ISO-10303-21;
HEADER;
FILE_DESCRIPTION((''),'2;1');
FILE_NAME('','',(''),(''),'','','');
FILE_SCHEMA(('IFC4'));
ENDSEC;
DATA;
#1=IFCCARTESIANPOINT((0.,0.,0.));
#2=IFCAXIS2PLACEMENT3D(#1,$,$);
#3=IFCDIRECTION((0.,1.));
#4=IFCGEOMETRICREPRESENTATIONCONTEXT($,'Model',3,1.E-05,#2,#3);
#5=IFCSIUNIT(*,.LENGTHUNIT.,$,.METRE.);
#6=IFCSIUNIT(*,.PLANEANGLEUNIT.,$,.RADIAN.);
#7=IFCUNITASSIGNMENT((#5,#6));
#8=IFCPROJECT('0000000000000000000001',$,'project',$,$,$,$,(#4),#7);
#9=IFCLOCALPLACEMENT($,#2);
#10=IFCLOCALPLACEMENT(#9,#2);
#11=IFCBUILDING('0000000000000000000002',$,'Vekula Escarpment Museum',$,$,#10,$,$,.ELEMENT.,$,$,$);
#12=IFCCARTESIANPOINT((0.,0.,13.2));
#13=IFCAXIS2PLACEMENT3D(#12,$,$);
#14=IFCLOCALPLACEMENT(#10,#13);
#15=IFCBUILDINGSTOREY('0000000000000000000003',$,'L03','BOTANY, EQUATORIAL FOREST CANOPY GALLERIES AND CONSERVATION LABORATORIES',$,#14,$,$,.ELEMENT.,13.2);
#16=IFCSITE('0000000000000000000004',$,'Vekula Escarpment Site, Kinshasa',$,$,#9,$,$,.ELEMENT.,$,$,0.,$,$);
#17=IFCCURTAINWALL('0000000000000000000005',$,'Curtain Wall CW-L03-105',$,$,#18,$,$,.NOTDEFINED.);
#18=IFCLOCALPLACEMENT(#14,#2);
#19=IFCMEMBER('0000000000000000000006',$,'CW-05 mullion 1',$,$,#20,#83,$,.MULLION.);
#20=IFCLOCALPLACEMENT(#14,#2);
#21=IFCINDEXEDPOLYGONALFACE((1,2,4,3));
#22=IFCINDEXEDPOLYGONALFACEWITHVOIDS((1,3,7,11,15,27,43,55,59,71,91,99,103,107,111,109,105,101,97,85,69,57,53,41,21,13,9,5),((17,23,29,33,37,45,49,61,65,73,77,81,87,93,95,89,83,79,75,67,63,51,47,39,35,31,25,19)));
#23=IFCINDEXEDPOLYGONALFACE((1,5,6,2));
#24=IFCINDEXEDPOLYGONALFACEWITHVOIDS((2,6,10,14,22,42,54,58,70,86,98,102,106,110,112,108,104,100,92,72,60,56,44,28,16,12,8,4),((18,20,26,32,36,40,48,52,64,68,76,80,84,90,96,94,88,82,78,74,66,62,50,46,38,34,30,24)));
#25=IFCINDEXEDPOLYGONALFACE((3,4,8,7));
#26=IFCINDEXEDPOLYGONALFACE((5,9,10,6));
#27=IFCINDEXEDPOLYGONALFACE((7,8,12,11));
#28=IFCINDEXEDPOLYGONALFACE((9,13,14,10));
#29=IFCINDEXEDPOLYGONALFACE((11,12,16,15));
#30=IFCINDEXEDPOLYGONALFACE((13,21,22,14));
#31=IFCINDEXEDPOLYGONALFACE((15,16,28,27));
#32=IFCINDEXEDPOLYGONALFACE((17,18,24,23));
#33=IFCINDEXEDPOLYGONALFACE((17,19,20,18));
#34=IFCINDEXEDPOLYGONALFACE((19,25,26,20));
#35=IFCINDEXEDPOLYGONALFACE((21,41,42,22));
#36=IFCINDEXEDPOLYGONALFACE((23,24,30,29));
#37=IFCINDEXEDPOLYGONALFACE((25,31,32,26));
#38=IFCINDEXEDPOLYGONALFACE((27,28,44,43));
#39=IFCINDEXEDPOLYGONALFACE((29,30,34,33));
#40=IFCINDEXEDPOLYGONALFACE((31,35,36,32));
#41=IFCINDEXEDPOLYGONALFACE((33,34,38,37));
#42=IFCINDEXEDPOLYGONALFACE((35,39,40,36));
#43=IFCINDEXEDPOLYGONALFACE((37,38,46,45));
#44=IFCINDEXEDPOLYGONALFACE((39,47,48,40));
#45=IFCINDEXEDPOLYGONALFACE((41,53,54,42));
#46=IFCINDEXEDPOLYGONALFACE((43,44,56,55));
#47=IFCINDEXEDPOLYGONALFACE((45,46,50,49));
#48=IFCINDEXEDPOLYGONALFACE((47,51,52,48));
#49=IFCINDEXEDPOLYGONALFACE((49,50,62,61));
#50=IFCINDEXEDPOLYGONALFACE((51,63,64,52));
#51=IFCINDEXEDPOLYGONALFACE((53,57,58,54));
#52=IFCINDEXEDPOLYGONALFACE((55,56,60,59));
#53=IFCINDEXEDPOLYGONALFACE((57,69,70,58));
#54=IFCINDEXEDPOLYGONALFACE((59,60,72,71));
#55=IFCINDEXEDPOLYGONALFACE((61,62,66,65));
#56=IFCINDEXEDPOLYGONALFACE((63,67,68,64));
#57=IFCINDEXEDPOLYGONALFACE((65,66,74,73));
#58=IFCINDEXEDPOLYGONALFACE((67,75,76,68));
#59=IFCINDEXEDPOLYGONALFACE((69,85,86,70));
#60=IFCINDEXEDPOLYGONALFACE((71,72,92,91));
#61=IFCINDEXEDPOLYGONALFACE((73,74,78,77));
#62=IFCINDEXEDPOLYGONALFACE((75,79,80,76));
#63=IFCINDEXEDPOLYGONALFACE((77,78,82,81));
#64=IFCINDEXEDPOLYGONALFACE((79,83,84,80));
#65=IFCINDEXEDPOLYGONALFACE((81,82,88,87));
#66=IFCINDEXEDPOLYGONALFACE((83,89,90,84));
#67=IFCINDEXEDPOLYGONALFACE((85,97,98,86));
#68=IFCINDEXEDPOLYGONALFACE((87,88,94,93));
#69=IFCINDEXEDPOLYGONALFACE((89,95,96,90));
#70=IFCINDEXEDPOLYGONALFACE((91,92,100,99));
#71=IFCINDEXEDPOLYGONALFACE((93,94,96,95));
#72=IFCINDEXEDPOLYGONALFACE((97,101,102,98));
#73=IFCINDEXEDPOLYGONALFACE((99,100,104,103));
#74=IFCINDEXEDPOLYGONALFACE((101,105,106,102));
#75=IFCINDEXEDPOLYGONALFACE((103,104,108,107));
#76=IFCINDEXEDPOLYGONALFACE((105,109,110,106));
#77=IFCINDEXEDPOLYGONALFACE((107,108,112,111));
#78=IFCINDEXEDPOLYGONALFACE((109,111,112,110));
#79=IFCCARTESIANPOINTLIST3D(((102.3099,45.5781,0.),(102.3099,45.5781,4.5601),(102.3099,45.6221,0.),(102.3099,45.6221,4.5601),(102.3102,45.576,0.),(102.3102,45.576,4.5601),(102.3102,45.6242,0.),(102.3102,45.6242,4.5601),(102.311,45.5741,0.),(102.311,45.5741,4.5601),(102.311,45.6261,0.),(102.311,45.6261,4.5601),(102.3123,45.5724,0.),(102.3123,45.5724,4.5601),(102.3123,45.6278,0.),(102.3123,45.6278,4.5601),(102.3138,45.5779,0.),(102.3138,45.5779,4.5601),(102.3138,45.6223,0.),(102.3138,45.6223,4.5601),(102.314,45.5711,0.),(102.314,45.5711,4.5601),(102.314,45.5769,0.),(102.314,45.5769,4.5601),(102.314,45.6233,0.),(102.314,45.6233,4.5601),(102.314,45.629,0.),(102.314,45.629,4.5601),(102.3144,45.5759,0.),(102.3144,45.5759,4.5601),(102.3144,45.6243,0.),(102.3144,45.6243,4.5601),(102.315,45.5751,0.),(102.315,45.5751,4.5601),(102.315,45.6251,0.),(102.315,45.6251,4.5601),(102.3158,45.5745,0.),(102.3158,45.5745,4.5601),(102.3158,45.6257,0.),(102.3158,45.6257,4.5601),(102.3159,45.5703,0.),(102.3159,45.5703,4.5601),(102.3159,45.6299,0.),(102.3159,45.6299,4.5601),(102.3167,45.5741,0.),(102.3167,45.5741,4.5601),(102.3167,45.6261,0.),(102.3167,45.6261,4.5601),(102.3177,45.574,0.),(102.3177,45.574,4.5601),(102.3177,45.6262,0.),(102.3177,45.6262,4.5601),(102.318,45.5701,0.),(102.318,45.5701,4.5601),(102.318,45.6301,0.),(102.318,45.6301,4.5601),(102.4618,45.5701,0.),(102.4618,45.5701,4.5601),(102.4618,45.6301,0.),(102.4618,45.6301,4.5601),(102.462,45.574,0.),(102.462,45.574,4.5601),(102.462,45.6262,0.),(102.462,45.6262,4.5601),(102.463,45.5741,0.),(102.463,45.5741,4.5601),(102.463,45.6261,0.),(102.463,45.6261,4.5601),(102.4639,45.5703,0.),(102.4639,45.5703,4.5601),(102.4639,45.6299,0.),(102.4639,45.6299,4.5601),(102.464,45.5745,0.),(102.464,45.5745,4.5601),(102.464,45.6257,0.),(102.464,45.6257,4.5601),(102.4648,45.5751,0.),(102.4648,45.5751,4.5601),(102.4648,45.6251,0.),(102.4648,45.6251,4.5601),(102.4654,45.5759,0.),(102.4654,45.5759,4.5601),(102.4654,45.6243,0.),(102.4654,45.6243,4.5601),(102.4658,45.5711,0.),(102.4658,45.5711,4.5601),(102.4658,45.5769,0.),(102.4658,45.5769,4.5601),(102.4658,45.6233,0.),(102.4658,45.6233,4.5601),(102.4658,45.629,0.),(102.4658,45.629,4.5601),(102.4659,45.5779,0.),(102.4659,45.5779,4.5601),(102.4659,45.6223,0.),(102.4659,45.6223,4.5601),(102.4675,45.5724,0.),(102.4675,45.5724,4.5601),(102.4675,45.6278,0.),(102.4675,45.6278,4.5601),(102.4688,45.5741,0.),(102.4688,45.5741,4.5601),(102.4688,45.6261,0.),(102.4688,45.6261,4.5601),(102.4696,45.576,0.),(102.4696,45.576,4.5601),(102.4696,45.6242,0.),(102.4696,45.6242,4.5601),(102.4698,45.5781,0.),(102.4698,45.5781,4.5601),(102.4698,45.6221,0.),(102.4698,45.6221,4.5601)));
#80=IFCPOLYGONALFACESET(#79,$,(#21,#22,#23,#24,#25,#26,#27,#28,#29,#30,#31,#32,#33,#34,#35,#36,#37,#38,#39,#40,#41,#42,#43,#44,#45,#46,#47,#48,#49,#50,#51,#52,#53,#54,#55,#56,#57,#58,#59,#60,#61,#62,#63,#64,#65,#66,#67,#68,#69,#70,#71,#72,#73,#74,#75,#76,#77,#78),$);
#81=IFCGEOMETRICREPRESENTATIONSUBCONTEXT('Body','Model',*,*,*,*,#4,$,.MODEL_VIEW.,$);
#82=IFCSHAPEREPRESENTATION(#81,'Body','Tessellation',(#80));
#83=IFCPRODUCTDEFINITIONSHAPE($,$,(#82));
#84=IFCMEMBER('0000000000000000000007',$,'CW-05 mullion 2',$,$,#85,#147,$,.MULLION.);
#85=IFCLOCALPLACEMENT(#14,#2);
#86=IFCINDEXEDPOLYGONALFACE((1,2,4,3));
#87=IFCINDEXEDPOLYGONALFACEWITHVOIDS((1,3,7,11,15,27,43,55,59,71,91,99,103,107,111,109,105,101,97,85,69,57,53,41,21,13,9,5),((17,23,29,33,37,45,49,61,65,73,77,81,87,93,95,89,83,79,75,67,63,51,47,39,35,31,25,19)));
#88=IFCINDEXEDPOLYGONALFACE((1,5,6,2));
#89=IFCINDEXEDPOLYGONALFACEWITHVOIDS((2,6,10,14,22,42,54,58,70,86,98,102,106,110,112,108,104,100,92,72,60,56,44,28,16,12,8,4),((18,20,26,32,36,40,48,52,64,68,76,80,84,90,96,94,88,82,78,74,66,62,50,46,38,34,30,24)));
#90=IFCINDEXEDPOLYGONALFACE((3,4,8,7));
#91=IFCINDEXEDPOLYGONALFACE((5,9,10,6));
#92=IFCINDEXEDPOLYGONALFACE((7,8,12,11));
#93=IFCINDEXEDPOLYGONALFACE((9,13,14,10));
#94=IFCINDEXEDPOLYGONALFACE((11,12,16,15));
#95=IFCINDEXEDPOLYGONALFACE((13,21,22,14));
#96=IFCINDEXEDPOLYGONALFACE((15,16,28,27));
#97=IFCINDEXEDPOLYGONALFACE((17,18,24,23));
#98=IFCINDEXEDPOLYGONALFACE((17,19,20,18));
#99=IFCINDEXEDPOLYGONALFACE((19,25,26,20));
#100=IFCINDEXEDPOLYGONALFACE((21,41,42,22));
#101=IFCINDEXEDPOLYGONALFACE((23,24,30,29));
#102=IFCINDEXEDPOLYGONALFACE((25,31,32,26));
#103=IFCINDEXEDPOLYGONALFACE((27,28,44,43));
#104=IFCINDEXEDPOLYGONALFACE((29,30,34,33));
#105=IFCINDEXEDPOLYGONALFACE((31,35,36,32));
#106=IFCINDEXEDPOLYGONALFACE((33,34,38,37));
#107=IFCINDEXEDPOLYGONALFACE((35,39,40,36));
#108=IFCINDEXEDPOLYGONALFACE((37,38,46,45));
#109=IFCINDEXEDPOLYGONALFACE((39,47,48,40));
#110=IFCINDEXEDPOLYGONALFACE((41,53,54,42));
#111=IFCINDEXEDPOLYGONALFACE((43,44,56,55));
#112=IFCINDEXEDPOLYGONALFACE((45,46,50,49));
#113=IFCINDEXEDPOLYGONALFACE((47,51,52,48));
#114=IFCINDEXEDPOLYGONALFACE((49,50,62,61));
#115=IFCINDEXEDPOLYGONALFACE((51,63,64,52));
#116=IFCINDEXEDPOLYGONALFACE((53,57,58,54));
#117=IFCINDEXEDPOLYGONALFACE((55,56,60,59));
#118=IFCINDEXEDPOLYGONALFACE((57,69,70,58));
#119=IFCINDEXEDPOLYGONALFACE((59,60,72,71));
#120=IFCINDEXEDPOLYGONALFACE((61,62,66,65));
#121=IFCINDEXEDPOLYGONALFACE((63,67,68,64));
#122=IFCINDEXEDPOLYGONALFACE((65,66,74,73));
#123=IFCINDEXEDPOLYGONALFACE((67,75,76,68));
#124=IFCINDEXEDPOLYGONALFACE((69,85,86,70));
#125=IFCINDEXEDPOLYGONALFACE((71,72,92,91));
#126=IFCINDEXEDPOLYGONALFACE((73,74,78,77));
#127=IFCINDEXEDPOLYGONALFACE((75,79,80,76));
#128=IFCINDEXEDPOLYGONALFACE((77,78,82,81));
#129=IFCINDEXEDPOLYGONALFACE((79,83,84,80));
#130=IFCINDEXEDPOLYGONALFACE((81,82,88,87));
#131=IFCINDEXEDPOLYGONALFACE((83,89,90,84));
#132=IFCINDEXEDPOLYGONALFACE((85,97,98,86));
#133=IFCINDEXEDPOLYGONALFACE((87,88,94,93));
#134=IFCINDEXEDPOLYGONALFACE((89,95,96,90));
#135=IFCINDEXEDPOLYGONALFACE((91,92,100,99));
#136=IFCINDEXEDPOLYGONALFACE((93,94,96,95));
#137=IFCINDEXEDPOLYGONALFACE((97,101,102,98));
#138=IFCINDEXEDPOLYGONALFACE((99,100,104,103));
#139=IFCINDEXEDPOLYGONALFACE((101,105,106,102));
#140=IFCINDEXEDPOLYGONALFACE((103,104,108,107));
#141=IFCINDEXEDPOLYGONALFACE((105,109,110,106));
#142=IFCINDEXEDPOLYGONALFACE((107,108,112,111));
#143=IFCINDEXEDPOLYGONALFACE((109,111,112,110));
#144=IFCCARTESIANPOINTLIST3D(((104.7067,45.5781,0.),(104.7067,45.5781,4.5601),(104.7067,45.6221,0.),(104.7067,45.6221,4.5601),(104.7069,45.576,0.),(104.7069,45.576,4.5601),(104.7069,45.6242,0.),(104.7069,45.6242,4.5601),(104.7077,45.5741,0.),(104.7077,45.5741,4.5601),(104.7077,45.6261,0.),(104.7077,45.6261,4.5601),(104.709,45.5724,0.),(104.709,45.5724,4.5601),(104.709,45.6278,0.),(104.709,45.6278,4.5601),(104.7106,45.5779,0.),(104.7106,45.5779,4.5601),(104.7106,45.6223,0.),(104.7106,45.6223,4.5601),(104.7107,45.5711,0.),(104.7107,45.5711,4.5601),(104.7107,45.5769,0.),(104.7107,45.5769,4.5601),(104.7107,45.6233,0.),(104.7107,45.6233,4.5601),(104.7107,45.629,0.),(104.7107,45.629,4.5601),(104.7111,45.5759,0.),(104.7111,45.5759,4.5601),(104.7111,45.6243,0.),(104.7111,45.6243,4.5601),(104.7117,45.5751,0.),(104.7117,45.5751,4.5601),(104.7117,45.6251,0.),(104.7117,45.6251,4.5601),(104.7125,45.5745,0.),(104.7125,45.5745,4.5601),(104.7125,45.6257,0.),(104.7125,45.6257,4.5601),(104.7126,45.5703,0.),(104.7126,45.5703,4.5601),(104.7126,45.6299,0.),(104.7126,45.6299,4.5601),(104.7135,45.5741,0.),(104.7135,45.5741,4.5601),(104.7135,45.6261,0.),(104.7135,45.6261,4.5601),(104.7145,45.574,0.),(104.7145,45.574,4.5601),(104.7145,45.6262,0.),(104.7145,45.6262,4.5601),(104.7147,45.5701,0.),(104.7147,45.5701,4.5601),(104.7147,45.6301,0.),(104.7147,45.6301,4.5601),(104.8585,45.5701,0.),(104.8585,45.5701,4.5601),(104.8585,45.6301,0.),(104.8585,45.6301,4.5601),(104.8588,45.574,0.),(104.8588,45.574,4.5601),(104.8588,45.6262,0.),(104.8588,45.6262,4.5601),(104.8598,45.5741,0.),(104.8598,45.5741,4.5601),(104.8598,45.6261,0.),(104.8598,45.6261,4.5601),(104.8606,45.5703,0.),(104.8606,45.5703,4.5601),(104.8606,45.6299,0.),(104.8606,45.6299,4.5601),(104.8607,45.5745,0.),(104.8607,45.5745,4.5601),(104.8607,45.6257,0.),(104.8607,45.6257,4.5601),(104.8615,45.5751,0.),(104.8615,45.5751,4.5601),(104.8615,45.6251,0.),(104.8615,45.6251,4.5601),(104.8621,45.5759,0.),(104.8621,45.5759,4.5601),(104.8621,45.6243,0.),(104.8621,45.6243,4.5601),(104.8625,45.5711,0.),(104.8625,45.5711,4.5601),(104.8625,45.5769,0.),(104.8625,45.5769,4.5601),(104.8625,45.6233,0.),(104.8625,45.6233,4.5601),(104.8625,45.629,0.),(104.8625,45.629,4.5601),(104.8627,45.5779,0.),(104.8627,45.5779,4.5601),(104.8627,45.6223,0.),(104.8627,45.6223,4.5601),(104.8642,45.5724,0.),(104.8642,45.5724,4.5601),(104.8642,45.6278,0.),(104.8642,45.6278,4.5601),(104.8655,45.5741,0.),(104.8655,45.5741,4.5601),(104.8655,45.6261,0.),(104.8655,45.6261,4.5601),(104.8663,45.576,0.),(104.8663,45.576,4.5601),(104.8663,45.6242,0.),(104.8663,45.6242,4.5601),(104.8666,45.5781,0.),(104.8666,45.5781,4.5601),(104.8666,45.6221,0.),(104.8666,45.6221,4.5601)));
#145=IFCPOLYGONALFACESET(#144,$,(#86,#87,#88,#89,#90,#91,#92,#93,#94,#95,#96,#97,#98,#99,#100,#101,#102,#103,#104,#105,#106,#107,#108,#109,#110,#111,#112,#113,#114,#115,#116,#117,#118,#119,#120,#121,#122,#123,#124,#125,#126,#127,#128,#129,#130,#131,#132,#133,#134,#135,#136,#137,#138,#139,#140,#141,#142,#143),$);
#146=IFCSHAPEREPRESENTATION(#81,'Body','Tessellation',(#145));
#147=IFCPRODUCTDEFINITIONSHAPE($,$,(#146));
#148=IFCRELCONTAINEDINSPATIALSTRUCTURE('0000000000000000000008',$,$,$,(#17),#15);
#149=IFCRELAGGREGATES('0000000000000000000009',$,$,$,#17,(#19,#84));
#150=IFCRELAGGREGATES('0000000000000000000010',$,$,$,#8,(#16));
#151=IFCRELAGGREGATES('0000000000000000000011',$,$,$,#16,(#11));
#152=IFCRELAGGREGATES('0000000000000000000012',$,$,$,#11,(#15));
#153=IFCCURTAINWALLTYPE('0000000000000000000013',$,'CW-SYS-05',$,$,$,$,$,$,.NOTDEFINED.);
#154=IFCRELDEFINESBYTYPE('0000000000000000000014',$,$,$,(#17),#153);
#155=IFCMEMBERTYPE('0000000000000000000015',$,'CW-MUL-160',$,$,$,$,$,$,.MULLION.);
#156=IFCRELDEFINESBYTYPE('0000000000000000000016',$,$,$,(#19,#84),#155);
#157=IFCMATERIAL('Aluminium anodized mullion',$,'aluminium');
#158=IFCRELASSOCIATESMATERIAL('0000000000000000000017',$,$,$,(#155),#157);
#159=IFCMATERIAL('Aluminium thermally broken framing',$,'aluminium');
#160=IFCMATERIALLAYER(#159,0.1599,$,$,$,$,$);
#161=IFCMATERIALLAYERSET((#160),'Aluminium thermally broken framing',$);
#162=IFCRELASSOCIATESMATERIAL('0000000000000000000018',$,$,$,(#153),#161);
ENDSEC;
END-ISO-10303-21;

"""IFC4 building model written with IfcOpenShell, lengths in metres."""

from ifc_helpers import new_model, si_unit, direction, frame, origin, origin_2d, place, context, subcontext, project, spatial, hollow_rectangle, extrude, material, layer, layer_set, material_profile, profile_set, type_object, element, aggregate, save


model = new_model("IFC4")

# Units and contexts
model_context = context("Model", 3, precision=1e-05, world=origin(), true_north=direction((0.0, 1.0)))
body_context = subcontext(model_context, "Body", "Model", "MODEL_VIEW")
ifc_project = project(units=[si_unit("LENGTHUNIT", "METRE"), si_unit("PLANEANGLEUNIT", "RADIAN")], contexts=[model_context])

# Site, building, storey
site_placement = place(None, origin())
site = spatial("IfcSite", under=ifc_project, at=site_placement, Name="Vekula Escarpment Site, Kinshasa", CompositionType="ELEMENT", RefElevation=0.0)
building_placement = place(site_placement, origin())
building = spatial("IfcBuilding", under=site, at=building_placement, Name="Vekula Escarpment Museum", CompositionType="ELEMENT")
storey_placement = place(building_placement, frame((0.0, 0.0, 13.2)))
storey = spatial("IfcBuildingStorey", under=building, at=storey_placement, Name="L03", Description="BOTANY, EQUATORIAL FOREST CANOPY GALLERIES AND CONSERVATION LABORATORIES", CompositionType="ELEMENT", Elevation=13.2)

# Curtain wall, members
ifc_material_1 = material(Name="Aluminium anodized mullion", Category="aluminium")
ifc_material_profile_1 = material_profile(ifc_material_1, hollow_rectangle(XDim=0.0601, YDim=0.1599, WallThickness=0.0039, InnerFilletRadius=0.0039, OuterFilletRadius=0.0081, at=origin_2d()), Name="ALU 160x60x4")
ifc_profile_set_1 = profile_set([ifc_material_profile_1], Name="Aluminium anodized mullion")
member_type_1 = type_object("IfcMemberType", Name="CW-MUL-160", PredefinedType="MULLION", material=ifc_profile_set_1)
ifc_material_2 = material(Name="Aluminium thermally broken framing", Category="aluminium")
ifc_layer_1 = layer(ifc_material_2, 0.1599)
ifc_layer_set_1 = layer_set([ifc_layer_1], Name="Aluminium thermally broken framing")
curtain_wall_type_1 = type_object("IfcCurtainWallType", Name="CW-SYS-05", PredefinedType="NOTDEFINED", material=ifc_layer_set_1)
curtain_wall_1_placement = place(storey_placement, origin())
curtain_wall_1 = element("IfcCurtainWall", 1, at=curtain_wall_1_placement, inside=storey, type_object=curtain_wall_type_1, Name="Curtain Wall CW-L03-105", PredefinedType="NOTDEFINED")
member_1_placement = place(storey_placement, frame((102.3899, 45.6001, 0.0), z_axis=(0.0, 0.0, 1.0), x_axis=(0.0, 1.0, 0.0)))
member_1 = element("IfcMember", 2, at=member_1_placement, type_object=member_type_1, Name="CW-05 mullion 1", PredefinedType="MULLION", context=body_context, shape_type="SweptSolid", body=[
    extrude(hollow_rectangle(XDim=0.0601, YDim=0.1599, WallThickness=0.0039, InnerFilletRadius=0.0039, OuterFilletRadius=0.0081, at=origin_2d()), origin(), (0.0, 0.0, 1.0), 4.5601),
])
member_2_placement = place(storey_placement, frame((104.7866, 45.6001, 0.0), z_axis=(0.0, 0.0, 1.0), x_axis=(0.0, 1.0, 0.0)))
member_2 = element("IfcMember", 3, at=member_2_placement, type_object=member_type_1, Name="CW-05 mullion 2", PredefinedType="MULLION", context=body_context, shape_type="SweptSolid", body=[
    extrude(hollow_rectangle(XDim=0.0601, YDim=0.1599, WallThickness=0.0039, InnerFilletRadius=0.0039, OuterFilletRadius=0.0081, at=origin_2d()), origin(), (0.0, 0.0, 1.0), 4.5601),
])

aggregate(curtain_wall_1, [member_1, member_2])

save(model, "model.ifc")
